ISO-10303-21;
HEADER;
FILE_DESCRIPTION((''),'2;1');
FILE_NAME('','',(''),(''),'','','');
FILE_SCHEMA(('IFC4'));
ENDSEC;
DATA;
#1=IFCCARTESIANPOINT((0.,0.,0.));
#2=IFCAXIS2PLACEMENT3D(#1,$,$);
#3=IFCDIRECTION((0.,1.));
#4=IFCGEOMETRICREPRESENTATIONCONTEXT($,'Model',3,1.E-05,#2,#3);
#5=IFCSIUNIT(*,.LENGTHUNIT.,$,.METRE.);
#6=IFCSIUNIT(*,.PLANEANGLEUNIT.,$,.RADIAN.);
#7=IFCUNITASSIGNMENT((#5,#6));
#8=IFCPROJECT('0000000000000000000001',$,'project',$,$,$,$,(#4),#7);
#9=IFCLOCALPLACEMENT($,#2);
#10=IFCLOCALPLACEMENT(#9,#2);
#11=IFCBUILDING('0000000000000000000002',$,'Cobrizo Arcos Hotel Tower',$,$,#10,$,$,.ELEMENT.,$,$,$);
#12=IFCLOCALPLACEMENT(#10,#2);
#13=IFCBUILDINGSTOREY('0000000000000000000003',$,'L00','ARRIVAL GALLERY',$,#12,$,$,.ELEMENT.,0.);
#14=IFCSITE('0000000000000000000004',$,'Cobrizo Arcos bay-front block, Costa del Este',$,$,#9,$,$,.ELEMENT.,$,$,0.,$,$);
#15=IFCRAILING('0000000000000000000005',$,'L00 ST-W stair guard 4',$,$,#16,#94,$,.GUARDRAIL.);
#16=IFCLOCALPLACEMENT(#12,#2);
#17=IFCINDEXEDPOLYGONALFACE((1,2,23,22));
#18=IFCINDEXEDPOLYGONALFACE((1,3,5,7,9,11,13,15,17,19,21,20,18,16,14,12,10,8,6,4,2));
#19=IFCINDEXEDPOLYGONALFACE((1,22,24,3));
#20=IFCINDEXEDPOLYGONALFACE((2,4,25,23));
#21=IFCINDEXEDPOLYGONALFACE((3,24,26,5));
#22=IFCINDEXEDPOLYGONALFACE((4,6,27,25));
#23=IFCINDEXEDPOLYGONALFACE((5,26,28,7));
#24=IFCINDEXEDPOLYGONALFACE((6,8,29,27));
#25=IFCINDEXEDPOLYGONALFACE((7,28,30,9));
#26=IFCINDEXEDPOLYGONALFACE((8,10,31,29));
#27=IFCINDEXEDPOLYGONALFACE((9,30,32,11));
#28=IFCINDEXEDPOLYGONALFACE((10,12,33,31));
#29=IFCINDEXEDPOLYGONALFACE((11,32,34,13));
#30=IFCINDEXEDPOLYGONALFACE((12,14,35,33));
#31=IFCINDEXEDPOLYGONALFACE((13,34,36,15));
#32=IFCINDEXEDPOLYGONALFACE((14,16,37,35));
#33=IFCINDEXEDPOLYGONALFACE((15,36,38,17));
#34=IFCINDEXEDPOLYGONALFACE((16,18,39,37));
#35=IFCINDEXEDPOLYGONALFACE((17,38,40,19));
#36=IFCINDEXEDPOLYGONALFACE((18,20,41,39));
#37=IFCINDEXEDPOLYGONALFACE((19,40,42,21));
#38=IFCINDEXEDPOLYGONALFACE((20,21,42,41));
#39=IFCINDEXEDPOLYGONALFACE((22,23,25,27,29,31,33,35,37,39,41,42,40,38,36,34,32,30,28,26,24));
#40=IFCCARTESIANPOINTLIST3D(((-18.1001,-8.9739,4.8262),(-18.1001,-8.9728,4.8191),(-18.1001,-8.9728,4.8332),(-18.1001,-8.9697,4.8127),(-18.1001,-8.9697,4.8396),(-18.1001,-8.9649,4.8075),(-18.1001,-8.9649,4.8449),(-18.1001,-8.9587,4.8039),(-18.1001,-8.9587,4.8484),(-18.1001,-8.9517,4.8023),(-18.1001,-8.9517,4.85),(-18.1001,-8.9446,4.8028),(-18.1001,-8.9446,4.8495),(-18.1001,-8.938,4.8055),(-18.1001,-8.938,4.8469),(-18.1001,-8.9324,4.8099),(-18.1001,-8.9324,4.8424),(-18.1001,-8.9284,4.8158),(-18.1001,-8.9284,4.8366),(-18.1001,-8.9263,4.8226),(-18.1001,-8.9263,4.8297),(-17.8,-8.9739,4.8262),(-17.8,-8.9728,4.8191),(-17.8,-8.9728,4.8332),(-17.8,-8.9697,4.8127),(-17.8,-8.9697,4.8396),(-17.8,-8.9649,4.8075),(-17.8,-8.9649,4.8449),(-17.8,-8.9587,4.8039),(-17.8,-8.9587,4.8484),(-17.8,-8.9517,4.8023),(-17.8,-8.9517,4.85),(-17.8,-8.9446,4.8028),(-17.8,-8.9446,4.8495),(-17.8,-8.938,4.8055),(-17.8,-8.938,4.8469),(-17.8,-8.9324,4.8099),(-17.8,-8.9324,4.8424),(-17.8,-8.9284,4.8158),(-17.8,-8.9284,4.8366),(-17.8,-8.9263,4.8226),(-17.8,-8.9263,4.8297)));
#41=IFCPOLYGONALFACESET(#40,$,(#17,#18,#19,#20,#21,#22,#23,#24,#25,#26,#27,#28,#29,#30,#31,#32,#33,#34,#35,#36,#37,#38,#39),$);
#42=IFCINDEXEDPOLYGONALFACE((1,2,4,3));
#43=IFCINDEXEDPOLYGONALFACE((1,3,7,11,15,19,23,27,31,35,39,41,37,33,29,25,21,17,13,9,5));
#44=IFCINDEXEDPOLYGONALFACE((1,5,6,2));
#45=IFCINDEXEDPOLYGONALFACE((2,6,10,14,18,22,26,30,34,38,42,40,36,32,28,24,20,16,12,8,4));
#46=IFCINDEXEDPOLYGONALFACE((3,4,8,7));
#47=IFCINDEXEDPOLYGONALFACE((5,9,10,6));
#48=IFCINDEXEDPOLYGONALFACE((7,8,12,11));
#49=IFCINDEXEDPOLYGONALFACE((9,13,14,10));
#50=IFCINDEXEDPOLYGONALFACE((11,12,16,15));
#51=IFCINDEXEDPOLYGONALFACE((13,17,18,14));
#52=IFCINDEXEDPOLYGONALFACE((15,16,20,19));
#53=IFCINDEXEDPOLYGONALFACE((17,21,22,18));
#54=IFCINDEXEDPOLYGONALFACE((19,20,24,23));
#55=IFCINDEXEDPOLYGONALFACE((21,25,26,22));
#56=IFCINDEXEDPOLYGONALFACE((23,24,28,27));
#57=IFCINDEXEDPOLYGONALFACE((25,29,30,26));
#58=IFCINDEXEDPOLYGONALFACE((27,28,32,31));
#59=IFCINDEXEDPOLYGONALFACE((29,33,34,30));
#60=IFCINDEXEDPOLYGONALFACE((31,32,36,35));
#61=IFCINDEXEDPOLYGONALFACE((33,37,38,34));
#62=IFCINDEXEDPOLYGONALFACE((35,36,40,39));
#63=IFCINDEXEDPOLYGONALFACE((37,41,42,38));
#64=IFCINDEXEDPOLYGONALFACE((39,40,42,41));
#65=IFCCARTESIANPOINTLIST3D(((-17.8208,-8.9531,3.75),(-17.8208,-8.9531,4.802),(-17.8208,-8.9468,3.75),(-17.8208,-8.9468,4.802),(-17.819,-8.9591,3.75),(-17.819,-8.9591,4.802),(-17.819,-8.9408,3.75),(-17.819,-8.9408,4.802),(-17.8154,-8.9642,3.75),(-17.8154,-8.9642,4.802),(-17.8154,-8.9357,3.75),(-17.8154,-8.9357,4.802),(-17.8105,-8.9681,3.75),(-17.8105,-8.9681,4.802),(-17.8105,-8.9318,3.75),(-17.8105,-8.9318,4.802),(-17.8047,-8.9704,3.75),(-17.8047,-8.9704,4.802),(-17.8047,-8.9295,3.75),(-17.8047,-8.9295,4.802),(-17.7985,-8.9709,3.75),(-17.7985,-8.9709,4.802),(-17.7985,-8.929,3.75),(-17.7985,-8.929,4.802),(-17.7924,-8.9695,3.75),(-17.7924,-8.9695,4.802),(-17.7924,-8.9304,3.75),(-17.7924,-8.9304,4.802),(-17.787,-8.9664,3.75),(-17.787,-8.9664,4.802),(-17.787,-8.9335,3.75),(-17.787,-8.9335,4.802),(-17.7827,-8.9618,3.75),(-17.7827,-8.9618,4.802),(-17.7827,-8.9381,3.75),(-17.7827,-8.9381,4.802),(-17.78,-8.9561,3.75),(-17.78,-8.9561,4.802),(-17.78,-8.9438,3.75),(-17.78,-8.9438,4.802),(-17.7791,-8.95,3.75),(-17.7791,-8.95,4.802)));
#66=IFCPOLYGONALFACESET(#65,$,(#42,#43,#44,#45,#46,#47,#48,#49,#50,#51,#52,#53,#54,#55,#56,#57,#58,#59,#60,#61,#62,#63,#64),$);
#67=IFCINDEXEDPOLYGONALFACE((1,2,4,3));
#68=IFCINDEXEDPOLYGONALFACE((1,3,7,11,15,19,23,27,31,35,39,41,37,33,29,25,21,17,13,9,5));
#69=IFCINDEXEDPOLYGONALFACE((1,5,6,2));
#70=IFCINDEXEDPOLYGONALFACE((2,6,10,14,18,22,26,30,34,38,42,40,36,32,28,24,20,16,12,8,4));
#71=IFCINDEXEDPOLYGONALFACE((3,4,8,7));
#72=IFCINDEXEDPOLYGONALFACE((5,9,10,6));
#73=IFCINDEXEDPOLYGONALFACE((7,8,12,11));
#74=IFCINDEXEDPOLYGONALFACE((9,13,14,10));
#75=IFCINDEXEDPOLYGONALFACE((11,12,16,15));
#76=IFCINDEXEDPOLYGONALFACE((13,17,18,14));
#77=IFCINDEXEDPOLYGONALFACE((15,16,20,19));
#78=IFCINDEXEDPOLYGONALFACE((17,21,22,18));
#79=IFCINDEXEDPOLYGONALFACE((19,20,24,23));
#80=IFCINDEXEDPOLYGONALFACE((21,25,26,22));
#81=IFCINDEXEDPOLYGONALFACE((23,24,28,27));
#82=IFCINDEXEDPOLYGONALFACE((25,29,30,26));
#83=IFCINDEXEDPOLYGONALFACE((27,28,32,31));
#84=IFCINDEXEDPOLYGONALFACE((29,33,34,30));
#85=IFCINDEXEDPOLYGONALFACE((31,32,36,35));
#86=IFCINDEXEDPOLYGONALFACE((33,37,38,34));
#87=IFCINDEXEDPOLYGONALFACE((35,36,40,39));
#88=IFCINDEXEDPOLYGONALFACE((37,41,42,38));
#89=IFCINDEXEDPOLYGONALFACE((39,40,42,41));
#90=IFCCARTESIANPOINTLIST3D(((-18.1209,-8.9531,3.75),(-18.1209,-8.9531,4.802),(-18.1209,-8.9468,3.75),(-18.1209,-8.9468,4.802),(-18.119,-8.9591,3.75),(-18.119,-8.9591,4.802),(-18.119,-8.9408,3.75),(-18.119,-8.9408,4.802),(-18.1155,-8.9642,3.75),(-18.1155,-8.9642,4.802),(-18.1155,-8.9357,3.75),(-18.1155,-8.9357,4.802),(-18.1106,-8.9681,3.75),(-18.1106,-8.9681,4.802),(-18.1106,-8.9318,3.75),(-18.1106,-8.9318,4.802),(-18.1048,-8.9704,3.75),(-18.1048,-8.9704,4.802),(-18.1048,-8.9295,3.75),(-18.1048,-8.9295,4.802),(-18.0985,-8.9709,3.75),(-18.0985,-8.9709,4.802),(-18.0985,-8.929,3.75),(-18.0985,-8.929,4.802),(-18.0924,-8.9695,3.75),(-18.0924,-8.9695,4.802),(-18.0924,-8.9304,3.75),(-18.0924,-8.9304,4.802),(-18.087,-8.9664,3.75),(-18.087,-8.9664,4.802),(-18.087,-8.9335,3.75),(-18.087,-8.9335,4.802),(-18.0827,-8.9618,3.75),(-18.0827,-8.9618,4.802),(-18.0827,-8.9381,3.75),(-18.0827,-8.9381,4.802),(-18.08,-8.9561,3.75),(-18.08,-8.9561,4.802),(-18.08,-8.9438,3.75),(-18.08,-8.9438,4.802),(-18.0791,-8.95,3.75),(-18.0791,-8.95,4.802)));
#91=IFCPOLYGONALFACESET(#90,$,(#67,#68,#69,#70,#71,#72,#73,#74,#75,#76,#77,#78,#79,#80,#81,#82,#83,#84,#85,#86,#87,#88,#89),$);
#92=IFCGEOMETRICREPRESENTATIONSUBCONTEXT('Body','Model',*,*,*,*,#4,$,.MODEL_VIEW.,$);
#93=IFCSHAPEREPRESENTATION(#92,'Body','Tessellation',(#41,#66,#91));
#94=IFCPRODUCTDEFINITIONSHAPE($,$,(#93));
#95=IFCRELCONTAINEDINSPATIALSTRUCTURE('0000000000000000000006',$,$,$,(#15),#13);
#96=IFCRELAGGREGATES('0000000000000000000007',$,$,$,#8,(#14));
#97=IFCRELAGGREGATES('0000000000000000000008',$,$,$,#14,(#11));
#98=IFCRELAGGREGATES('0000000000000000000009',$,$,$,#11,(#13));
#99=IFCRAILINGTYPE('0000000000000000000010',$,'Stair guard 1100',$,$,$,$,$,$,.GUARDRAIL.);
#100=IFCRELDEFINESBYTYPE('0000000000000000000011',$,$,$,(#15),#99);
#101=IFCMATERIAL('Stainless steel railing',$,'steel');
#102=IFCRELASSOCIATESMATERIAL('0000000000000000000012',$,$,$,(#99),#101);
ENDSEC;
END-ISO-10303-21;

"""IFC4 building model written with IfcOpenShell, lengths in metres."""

from ifc_helpers import new_model, si_unit, direction, frame, origin, origin_2d, place, context, subcontext, project, spatial, circle, extrude, material, type_object, element, save


model = new_model("IFC4")

# Units and contexts
model_context = context("Model", 3, precision=1e-05, world=origin(), true_north=direction((0.0, 1.0)))
body_context = subcontext(model_context, "Body", "Model", "MODEL_VIEW")
ifc_project = project(units=[si_unit("LENGTHUNIT", "METRE"), si_unit("PLANEANGLEUNIT", "RADIAN")], contexts=[model_context])

# Site, building, storey
site_placement = place(None, origin())
site = spatial("IfcSite", under=ifc_project, at=site_placement, Name="Cobrizo Arcos bay-front block, Costa del Este", CompositionType="ELEMENT", RefElevation=0.0)
building_placement = place(site_placement, origin())
building = spatial("IfcBuilding", under=site, at=building_placement, Name="Cobrizo Arcos Hotel Tower", CompositionType="ELEMENT")
storey_placement = place(building_placement, origin())
storey = spatial("IfcBuildingStorey", under=building, at=storey_placement, Name="L00", Description="ARRIVAL GALLERY", CompositionType="ELEMENT", Elevation=0.0)

# Railing
ifc_material_1 = material(Name="Stainless steel railing", Category="steel")
railing_type_1 = type_object("IfcRailingType", Name="Stair guard 1100", PredefinedType="GUARDRAIL", material=ifc_material_1)
railing_1_placement = place(storey_placement, frame((-17.8, -8.95, 3.75)))
element("IfcRailing", 1, at=railing_1_placement, inside=storey, type_object=railing_type_1, Name="L00 ST-W stair guard 4", PredefinedType="GUARDRAIL", context=body_context, shape_type="SweptSolid", body=[
    extrude(circle(Radius=0.0239, at=origin_2d()), frame((0.0, 0.0, 1.0762), z_axis=(-1.0, 0.0, 0.0), x_axis=(0.0, -1.0, 0.0)), (0.0, 0.0, 1.0), 0.3),
    extrude(circle(Radius=0.021, at=origin_2d()), origin(), (0.0, 0.0, 1.0), 1.052),
    extrude(circle(Radius=0.021, at=origin_2d()), frame((-0.3, 0.0, 0.0)), (0.0, 0.0, 1.0), 1.052),
])

save(model, "model.ifc")
